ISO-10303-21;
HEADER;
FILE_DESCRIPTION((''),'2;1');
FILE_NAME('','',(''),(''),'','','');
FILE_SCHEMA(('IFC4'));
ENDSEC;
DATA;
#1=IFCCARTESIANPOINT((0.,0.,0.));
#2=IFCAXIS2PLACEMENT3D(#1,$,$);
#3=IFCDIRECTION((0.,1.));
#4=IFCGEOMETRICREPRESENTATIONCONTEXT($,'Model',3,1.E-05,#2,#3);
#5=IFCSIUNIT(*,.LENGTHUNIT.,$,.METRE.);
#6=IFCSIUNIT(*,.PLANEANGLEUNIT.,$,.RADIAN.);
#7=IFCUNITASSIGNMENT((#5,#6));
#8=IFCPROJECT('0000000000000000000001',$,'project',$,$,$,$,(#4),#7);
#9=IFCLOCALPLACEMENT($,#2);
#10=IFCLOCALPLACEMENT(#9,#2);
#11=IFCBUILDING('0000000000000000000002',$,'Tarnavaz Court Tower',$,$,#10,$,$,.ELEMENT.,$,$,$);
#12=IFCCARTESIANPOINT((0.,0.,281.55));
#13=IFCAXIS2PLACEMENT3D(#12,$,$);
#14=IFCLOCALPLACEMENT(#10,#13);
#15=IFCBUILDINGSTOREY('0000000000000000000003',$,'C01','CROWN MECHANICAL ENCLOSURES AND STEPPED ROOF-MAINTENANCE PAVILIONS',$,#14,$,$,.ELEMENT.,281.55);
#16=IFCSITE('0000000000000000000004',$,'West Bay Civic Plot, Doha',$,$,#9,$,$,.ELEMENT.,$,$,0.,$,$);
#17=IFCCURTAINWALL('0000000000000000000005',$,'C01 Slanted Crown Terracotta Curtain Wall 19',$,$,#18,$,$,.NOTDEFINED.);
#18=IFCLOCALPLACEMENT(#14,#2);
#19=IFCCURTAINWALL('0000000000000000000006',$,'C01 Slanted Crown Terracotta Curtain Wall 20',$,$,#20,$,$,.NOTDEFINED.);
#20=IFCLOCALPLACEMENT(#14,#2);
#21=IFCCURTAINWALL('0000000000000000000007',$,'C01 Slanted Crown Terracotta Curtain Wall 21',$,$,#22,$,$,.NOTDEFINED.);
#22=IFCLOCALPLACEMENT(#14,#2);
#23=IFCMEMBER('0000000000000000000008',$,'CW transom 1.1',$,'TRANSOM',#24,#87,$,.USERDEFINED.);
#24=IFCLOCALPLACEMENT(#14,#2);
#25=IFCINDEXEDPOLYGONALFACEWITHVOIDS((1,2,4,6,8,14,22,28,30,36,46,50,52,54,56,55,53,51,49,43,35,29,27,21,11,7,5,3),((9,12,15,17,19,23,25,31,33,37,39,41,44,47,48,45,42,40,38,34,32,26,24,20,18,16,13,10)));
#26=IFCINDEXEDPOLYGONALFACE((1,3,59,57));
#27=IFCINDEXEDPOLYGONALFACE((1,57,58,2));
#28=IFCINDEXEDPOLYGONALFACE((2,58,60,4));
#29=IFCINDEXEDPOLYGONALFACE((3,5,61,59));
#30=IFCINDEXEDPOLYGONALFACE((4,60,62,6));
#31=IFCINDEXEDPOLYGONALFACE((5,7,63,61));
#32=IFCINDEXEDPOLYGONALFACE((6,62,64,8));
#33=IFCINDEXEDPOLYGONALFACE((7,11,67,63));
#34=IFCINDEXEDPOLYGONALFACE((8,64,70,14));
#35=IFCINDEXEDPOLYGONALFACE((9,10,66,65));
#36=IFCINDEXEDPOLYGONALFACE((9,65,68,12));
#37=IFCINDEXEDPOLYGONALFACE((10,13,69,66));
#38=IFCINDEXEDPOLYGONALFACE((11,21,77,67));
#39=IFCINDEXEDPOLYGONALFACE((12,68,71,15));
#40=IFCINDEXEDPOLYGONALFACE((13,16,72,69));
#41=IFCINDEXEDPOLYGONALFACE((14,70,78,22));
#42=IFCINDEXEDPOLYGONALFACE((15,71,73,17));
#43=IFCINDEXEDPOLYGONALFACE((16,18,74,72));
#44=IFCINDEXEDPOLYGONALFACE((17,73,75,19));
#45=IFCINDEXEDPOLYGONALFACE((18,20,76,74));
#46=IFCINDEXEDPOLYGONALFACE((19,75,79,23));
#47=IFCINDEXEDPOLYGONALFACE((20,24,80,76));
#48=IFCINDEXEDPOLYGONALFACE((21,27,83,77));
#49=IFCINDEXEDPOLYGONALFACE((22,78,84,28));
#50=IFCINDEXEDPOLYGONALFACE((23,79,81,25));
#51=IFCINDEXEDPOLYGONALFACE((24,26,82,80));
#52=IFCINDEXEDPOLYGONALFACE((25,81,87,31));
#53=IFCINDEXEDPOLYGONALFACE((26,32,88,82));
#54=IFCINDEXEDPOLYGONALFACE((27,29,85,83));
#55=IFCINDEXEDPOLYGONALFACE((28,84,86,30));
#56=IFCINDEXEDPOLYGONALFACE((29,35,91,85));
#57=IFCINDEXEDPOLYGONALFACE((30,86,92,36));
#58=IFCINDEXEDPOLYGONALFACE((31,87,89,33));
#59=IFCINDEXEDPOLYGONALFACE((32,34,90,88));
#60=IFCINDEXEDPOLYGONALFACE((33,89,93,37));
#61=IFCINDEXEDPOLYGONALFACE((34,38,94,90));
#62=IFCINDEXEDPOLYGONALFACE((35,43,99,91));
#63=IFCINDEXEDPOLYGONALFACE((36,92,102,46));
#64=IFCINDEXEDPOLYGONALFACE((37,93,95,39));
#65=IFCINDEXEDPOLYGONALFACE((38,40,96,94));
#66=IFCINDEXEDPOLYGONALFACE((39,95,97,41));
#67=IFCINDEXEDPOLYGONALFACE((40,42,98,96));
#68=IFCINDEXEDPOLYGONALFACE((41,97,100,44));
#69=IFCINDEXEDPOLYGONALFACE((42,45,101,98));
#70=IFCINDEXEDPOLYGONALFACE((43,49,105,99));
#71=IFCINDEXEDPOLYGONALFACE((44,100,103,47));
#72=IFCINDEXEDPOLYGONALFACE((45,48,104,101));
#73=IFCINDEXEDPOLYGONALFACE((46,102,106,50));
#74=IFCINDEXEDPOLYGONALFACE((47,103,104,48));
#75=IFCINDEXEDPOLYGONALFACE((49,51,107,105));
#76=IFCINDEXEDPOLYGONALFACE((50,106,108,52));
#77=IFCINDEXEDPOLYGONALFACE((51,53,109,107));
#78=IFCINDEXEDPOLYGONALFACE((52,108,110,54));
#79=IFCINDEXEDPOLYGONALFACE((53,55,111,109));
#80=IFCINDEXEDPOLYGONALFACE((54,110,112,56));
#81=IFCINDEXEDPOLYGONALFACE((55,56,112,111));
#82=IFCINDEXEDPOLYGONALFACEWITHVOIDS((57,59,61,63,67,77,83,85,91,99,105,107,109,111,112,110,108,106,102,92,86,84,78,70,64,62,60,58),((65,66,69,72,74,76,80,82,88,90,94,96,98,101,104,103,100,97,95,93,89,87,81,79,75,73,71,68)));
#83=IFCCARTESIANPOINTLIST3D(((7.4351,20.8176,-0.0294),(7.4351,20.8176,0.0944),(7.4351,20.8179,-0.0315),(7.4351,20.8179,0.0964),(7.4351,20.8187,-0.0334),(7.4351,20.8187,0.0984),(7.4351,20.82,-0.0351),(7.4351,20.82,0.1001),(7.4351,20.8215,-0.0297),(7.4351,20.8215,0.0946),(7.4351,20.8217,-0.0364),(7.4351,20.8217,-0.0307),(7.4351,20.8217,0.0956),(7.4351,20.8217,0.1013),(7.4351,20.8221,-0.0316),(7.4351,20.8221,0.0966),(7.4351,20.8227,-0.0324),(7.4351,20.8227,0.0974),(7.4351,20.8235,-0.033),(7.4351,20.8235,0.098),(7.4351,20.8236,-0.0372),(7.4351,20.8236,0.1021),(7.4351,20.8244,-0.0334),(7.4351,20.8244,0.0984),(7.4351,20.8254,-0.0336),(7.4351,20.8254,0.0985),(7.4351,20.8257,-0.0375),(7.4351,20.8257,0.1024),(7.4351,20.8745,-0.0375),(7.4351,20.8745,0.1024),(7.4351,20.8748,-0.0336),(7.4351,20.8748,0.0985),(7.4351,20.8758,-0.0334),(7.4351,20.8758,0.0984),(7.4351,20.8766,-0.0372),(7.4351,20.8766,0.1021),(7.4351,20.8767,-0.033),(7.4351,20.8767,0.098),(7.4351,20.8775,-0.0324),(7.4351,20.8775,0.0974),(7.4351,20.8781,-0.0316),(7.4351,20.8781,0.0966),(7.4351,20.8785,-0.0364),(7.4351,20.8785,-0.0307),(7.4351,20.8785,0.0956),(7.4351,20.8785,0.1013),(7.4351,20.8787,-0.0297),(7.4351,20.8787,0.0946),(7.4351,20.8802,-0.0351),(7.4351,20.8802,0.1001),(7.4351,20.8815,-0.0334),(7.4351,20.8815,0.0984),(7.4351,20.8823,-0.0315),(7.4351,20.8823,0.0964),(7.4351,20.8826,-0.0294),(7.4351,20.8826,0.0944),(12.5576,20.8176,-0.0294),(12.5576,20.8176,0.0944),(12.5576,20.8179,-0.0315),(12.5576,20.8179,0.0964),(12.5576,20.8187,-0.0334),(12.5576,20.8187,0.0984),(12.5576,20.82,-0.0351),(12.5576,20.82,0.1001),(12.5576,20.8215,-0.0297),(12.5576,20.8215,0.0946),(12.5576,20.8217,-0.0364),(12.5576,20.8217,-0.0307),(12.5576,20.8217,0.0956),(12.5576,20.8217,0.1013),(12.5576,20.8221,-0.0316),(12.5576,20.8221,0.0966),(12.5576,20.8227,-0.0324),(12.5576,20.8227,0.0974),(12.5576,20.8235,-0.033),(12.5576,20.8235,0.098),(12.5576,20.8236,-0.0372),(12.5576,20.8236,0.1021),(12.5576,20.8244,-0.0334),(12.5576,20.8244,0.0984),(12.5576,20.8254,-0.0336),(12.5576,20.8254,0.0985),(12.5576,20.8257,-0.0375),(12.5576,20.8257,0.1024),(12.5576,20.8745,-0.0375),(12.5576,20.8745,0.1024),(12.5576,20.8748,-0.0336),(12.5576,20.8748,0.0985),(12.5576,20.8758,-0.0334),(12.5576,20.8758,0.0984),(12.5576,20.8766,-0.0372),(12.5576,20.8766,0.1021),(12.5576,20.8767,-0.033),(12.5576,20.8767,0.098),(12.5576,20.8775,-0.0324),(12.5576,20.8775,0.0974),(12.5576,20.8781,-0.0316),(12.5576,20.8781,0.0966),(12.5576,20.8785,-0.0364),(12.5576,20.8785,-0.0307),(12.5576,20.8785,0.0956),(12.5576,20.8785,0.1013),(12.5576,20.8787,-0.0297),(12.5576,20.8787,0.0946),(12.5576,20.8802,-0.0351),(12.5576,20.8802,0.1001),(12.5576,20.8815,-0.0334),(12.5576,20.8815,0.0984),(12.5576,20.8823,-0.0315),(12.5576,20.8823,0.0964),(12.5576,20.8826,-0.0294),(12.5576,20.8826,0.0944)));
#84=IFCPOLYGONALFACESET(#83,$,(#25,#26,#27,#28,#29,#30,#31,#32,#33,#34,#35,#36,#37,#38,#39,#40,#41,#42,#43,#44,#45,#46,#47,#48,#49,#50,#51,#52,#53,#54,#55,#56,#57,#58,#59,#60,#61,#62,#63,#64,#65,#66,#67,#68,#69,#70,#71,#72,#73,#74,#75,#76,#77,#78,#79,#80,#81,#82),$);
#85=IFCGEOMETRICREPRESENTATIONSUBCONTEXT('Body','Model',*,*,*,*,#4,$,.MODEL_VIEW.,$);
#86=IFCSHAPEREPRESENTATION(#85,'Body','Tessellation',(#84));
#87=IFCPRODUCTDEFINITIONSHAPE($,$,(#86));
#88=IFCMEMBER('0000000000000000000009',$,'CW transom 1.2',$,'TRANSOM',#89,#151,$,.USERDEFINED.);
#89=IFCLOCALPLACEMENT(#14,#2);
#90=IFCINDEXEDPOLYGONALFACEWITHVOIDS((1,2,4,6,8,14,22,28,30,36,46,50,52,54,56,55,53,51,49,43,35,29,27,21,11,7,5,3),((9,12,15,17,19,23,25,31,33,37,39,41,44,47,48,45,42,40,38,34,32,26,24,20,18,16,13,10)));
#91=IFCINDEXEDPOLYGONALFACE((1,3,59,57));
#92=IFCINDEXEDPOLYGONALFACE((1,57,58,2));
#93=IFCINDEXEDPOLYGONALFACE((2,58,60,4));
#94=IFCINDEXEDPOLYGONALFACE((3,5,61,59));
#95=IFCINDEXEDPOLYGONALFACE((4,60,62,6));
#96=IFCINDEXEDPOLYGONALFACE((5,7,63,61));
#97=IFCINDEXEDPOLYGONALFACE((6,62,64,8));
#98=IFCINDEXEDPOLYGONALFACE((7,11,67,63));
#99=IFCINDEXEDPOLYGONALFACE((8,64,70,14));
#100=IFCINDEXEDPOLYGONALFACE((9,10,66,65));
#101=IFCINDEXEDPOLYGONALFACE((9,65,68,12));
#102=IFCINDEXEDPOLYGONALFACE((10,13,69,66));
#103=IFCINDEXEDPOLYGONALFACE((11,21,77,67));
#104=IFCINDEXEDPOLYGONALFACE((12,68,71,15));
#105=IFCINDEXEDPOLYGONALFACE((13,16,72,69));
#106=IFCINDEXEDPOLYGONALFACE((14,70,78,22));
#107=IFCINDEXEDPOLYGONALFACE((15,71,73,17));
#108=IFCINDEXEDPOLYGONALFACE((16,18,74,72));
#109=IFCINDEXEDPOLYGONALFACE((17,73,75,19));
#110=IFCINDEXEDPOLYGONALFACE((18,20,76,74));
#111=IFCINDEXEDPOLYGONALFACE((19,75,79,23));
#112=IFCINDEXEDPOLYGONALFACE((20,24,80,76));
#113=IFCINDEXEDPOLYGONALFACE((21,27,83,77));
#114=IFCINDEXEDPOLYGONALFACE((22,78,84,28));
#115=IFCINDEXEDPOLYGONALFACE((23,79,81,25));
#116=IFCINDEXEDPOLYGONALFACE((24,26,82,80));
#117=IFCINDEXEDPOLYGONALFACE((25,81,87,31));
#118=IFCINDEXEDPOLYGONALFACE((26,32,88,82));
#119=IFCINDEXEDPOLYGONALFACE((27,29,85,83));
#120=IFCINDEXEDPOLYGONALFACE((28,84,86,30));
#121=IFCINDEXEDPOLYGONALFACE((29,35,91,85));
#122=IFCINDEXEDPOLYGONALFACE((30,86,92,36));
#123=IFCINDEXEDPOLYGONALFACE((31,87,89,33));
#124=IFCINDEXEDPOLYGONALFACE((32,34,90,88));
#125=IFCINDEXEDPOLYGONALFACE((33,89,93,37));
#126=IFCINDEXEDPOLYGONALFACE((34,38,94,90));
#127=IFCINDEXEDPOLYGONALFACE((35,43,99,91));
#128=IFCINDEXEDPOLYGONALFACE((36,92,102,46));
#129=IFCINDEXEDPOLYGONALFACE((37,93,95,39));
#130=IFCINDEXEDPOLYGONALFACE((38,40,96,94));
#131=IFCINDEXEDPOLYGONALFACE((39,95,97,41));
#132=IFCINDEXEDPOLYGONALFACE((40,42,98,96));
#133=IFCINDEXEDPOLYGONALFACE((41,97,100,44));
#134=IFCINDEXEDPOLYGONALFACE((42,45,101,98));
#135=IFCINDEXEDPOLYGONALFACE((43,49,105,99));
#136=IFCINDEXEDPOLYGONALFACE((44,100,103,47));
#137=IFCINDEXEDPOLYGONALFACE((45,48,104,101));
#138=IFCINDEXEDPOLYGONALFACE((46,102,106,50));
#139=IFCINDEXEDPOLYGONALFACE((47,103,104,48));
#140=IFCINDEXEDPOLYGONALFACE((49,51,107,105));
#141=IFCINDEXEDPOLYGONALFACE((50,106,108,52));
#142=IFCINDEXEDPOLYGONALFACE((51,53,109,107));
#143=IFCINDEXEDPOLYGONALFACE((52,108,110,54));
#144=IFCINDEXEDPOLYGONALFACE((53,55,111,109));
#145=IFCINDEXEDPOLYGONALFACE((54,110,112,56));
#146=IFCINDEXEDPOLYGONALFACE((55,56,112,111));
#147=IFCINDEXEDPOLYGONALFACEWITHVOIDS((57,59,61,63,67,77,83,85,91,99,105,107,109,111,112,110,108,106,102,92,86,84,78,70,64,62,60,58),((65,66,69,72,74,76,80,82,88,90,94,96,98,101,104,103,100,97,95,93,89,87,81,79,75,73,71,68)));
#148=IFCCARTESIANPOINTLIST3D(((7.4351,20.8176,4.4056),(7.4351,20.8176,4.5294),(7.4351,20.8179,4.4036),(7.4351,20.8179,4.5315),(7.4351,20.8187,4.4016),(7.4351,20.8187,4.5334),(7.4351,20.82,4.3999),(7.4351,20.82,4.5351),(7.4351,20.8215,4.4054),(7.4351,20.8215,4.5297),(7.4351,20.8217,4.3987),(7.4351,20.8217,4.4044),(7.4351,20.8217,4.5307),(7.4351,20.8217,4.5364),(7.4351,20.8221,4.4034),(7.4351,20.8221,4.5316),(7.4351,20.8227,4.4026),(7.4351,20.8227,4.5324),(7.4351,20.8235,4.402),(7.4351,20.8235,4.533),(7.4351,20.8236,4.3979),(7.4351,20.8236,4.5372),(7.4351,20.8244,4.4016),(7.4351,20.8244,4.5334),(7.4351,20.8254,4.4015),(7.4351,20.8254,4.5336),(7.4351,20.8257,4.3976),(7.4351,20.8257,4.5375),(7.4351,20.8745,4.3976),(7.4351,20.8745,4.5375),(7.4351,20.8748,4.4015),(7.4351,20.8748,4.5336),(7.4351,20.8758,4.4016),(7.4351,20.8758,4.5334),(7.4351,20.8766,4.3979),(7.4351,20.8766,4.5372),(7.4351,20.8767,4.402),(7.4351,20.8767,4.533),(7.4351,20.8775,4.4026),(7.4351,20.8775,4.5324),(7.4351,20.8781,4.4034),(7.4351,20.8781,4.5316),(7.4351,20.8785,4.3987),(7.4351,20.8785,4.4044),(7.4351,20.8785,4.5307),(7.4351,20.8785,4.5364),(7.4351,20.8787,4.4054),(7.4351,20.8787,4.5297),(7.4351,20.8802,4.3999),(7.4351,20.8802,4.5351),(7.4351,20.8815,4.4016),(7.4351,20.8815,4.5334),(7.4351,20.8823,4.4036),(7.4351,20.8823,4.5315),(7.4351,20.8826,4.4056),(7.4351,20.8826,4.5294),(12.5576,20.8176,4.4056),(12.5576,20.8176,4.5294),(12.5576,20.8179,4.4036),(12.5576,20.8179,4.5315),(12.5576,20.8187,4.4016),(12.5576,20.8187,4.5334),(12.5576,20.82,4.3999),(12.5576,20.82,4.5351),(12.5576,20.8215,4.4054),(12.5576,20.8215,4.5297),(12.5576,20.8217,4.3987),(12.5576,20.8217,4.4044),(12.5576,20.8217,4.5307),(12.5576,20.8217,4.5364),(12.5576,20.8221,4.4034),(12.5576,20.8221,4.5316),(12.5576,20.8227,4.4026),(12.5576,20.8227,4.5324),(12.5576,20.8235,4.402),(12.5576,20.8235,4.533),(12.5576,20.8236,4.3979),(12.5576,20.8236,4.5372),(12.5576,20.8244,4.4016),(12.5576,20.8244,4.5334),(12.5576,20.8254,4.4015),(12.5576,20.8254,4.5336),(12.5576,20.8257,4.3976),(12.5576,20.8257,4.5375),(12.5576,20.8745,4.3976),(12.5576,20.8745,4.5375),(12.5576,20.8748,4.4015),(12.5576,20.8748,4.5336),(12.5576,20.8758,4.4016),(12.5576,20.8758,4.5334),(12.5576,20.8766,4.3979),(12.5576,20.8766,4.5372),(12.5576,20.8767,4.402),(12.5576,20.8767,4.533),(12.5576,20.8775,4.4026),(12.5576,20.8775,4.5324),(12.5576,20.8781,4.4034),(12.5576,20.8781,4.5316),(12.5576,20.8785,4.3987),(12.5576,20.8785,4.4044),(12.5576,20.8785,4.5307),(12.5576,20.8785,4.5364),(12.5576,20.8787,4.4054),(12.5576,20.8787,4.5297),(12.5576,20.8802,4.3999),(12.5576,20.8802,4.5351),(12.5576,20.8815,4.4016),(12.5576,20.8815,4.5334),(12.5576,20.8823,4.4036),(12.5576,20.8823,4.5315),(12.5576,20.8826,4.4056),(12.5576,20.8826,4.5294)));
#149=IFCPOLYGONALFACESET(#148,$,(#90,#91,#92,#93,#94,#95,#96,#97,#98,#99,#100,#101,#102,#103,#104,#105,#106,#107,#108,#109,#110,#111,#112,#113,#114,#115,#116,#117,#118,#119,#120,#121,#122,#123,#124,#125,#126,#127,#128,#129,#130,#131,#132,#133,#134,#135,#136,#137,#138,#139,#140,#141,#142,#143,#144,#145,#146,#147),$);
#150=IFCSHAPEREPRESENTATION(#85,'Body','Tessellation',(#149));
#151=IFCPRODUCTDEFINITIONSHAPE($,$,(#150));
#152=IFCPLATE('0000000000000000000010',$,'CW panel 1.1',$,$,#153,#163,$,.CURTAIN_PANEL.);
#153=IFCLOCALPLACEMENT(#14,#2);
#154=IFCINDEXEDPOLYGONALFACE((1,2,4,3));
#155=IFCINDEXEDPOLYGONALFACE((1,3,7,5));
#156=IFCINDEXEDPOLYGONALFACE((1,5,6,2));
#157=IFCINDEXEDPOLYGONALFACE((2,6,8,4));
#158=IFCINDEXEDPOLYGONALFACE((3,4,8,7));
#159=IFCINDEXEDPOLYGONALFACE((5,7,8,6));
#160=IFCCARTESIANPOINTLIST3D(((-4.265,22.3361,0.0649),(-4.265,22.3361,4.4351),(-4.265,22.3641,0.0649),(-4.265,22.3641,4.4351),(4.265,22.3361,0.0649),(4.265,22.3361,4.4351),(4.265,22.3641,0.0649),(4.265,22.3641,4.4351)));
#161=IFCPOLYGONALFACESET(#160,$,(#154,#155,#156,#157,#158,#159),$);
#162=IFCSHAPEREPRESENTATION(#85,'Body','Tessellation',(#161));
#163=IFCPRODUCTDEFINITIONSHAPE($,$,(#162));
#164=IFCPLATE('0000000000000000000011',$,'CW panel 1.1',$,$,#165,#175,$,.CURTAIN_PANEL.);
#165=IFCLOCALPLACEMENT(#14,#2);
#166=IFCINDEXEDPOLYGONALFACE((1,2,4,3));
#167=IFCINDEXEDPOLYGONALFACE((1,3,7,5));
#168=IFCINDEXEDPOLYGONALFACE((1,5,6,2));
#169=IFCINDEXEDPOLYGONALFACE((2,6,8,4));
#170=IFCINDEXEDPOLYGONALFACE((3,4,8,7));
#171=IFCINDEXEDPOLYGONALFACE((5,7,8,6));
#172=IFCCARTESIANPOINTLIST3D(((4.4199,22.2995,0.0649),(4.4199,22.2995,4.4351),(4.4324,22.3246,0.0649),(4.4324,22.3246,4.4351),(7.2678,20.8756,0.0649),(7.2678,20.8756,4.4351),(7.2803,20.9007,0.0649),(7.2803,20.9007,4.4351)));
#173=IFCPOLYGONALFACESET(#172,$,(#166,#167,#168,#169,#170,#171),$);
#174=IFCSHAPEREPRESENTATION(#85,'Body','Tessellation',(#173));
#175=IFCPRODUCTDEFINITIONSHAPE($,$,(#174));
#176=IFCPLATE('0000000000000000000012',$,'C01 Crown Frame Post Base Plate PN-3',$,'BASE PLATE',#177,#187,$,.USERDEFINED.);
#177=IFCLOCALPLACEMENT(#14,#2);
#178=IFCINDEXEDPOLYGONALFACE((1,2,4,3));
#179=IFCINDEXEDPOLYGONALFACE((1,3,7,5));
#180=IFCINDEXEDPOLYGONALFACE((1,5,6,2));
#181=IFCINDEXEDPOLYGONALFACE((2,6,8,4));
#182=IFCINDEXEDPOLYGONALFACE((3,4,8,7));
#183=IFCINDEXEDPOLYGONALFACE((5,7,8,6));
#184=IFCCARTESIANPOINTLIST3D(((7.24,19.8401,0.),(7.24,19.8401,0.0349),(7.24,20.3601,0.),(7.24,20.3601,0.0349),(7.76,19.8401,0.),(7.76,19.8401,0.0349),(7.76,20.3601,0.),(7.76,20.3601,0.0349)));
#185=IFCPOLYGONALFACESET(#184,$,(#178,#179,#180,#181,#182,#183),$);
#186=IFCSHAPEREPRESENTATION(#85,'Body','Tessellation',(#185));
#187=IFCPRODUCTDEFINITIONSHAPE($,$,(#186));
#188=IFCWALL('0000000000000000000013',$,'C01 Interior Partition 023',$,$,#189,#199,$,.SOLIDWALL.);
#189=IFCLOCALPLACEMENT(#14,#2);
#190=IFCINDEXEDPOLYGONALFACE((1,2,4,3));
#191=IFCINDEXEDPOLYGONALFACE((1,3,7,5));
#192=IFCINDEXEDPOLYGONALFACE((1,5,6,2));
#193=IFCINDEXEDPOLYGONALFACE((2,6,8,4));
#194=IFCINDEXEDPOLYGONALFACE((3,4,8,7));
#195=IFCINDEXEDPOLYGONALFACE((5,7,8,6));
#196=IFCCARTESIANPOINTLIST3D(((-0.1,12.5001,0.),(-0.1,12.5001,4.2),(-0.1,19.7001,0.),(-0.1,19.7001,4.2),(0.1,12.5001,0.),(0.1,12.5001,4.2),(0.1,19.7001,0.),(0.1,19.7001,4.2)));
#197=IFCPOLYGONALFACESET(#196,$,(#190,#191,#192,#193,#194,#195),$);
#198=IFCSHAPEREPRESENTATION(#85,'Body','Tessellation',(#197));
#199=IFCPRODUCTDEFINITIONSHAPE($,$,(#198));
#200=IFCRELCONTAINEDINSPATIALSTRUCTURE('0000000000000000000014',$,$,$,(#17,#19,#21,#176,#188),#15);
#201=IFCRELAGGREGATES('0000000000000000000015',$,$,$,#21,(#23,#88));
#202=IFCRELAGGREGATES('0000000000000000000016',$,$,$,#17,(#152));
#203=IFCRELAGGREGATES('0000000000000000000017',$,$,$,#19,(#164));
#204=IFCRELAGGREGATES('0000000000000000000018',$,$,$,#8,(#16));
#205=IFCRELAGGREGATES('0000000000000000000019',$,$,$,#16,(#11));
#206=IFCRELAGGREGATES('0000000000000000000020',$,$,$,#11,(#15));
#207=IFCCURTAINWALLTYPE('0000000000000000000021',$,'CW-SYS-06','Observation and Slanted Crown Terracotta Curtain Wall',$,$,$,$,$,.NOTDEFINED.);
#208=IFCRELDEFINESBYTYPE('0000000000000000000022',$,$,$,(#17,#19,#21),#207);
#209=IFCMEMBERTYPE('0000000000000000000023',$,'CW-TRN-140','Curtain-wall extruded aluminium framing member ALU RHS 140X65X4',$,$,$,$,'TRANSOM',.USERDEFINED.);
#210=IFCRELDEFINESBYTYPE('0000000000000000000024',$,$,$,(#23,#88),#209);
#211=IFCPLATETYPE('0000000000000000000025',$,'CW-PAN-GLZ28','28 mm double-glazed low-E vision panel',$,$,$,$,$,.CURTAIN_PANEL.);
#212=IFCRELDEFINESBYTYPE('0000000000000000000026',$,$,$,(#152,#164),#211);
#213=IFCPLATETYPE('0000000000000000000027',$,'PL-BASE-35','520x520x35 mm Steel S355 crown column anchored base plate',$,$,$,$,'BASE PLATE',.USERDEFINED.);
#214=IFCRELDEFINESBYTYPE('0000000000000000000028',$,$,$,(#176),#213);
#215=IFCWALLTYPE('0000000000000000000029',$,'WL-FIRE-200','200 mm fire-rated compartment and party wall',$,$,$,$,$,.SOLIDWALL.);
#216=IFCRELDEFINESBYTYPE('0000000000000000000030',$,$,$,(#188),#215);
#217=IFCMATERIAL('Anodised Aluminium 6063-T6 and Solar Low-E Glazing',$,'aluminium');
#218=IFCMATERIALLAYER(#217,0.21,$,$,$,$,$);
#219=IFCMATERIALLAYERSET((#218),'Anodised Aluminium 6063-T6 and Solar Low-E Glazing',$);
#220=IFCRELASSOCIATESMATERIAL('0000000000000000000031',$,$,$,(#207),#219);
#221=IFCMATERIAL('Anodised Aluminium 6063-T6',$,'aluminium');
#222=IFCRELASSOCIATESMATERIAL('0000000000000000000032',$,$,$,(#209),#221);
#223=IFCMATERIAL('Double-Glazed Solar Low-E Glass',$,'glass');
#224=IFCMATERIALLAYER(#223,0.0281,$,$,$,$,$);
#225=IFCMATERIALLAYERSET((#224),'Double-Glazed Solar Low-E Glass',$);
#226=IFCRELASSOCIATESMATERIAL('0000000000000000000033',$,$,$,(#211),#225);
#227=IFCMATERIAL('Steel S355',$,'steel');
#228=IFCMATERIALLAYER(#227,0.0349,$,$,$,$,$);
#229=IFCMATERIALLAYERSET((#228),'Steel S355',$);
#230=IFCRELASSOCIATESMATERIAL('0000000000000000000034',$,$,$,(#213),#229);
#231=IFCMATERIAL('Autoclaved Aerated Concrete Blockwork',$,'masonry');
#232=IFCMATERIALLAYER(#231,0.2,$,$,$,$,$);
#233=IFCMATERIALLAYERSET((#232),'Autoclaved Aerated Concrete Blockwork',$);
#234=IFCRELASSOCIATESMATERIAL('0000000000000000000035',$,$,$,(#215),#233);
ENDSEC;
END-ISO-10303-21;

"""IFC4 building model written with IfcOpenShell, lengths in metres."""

from ifc_helpers import new_model, si_unit, direction, frame, frame_2d, origin, origin_2d, place, context, subcontext, project, spatial, rectangle, hollow_rectangle, extrude, material, layer, layer_set, material_profile, profile_set, type_object, element, aggregate, save


model = new_model("IFC4")

# Units and contexts
model_context = context("Model", 3, precision=1e-05, world=origin(), true_north=direction((0.0, 1.0)))
body_context = subcontext(model_context, "Body", "Model", "MODEL_VIEW")
ifc_project = project(units=[si_unit("LENGTHUNIT", "METRE"), si_unit("PLANEANGLEUNIT", "RADIAN")], contexts=[model_context])

# Site, building, storey
site_placement = place(None, origin())
site = spatial("IfcSite", under=ifc_project, at=site_placement, Name="West Bay Civic Plot, Doha", CompositionType="ELEMENT", RefElevation=0.0)
building_placement = place(site_placement, origin())
building = spatial("IfcBuilding", under=site, at=building_placement, Name="Tarnavaz Court Tower", CompositionType="ELEMENT")
storey_placement = place(building_placement, frame((0.0, 0.0, 281.55)))
storey = spatial("IfcBuildingStorey", under=building, at=storey_placement, Name="C01", Description="CROWN MECHANICAL ENCLOSURES AND STEPPED ROOF-MAINTENANCE PAVILIONS", CompositionType="ELEMENT", Elevation=281.55)

# Shared definitions
ifc_material_1 = material(Name="Steel S355", Category="steel")

# Curtain wall
ifc_material_2 = material(Name="Anodised Aluminium 6063-T6 and Solar Low-E Glazing", Category="aluminium")
ifc_layer_1 = layer(ifc_material_2, 0.21)
ifc_layer_set_1 = layer_set([ifc_layer_1], Name="Anodised Aluminium 6063-T6 and Solar Low-E Glazing")
curtain_wall_type = type_object("IfcCurtainWallType", Name="CW-SYS-06", Description="Observation and Slanted Crown Terracotta Curtain Wall", PredefinedType="NOTDEFINED", material=ifc_layer_set_1)
curtain_wall_1_placement = place(storey_placement, origin())
curtain_wall_1 = element("IfcCurtainWall", 1, at=curtain_wall_1_placement, inside=storey, type_object=curtain_wall_type, Name="C01 Slanted Crown Terracotta Curtain Wall 19", PredefinedType="NOTDEFINED")
ifc_material_3 = material(Name="Anodised Aluminium 6063-T6", Category="aluminium")

# Curtain wall
curtain_wall_2_placement = place(storey_placement, origin())
curtain_wall_2 = element("IfcCurtainWall", 2, at=curtain_wall_2_placement, inside=storey, type_object=curtain_wall_type, Name="C01 Slanted Crown Terracotta Curtain Wall 20", PredefinedType="NOTDEFINED")

# Curtain wall
curtain_wall_3_placement = place(storey_placement, origin())
curtain_wall_3 = element("IfcCurtainWall", 3, at=curtain_wall_3_placement, inside=storey, type_object=curtain_wall_type, Name="C01 Slanted Crown Terracotta Curtain Wall 21", PredefinedType="NOTDEFINED")

# Members
ifc_material_profile_1 = material_profile(ifc_material_3, hollow_rectangle(XDim=0.0649, YDim=0.1399, WallThickness=0.0039, InnerFilletRadius=0.0039, OuterFilletRadius=0.0081, at=origin_2d()), Name="ALU RHS 140X65X4")
ifc_profile_set_1 = profile_set([ifc_material_profile_1], Name="Anodised Aluminium 6063-T6")
member_type_1 = type_object("IfcMemberType", Name="CW-TRN-140", Description="Curtain-wall extruded aluminium framing member ALU RHS 140X65X4", ElementType="TRANSOM", PredefinedType="USERDEFINED", material=ifc_profile_set_1)
member_1_placement = place(storey_placement, frame((7.4351, 20.8501, 0.0325), z_axis=(1.0, 0.0, 0.0), x_axis=(0.0, 1.0, 0.0)))
member_1 = element("IfcMember", 4, at=member_1_placement, type_object=member_type_1, Name="CW transom 1.1", ObjectType="TRANSOM", PredefinedType="USERDEFINED", context=body_context, shape_type="SweptSolid", body=[
    extrude(hollow_rectangle(XDim=0.0649, YDim=0.1399, WallThickness=0.0039, InnerFilletRadius=0.0039, OuterFilletRadius=0.0081, at=origin_2d()), origin(), (0.0, 0.0, 1.0), 5.1226),
])
member_2_placement = place(storey_placement, frame((7.4351, 20.8501, 4.4675), z_axis=(1.0, 0.0, 0.0), x_axis=(0.0, 1.0, 0.0)))
member_2 = element("IfcMember", 5, at=member_2_placement, type_object=member_type_1, Name="CW transom 1.2", ObjectType="TRANSOM", PredefinedType="USERDEFINED", context=body_context, shape_type="SweptSolid", body=[
    extrude(hollow_rectangle(XDim=0.0649, YDim=0.1399, WallThickness=0.0039, InnerFilletRadius=0.0039, OuterFilletRadius=0.0081, at=origin_2d()), origin(), (0.0, 0.0, 1.0), 5.1226),
])
aggregate(curtain_wall_3, [member_1, member_2])

# Plates
ifc_material_4 = material(Name="Double-Glazed Solar Low-E Glass", Category="glass")
ifc_layer_2 = layer(ifc_material_4, 0.0281)
ifc_layer_set_2 = layer_set([ifc_layer_2], Name="Double-Glazed Solar Low-E Glass")
plate_type_1 = type_object("IfcPlateType", Name="CW-PAN-GLZ28", Description="28 mm double-glazed low-E vision panel", PredefinedType="CURTAIN_PANEL", material=ifc_layer_set_2)
plate_1_placement = place(storey_placement, frame((0.0, 22.3501, 0.0649), z_axis=(0.0, 0.0, 1.0), x_axis=(1.0, 0.0, 0.0)))
plate_1 = element("IfcPlate", 6, at=plate_1_placement, type_object=plate_type_1, Name="CW panel 1.1", PredefinedType="CURTAIN_PANEL", context=body_context, shape_type="SweptSolid", body=[
    extrude(rectangle(XDim=8.53, YDim=0.0281, at=origin_2d()), origin(), (0.0, 0.0, 1.0), 4.3701),
])
aggregate(curtain_wall_1, [plate_1])
plate_2_placement = place(storey_placement, frame((5.8501, 21.6001, 0.0649), z_axis=(0.0, 0.0, 1.0), x_axis=(0.894427, -0.447214, 0.0)))
plate_2 = element("IfcPlate", 7, at=plate_2_placement, type_object=plate_type_1, Name="CW panel 1.1", PredefinedType="CURTAIN_PANEL", context=body_context, shape_type="SweptSolid", body=[
    extrude(rectangle(XDim=3.1841, YDim=0.0281, at=origin_2d()), origin(), (0.0, 0.0, 1.0), 4.3701),
])
aggregate(curtain_wall_2, [plate_2])
ifc_layer_3 = layer(ifc_material_1, 0.0349)
ifc_layer_set_3 = layer_set([ifc_layer_3], Name="Steel S355")
plate_type_2 = type_object("IfcPlateType", Name="PL-BASE-35", Description="520x520x35 mm Steel S355 crown column anchored base plate", ElementType="BASE PLATE", PredefinedType="USERDEFINED", material=ifc_layer_set_3)
plate_3_placement = place(storey_placement, frame((7.5, 20.1001, 0.0), z_axis=(0.0, 0.0, 1.0), x_axis=(1.0, 0.0, 0.0)))
element("IfcPlate", 8, at=plate_3_placement, inside=storey, type_object=plate_type_2, Name="C01 Crown Frame Post Base Plate PN-3", ObjectType="BASE PLATE", PredefinedType="USERDEFINED", context=body_context, shape_type="SweptSolid", body=[
    extrude(rectangle(XDim=0.52, YDim=0.52, at=origin_2d()), origin(), (0.0, 0.0, 1.0), 0.0349),
])

# Wall
ifc_material_5 = material(Name="Autoclaved Aerated Concrete Blockwork", Category="masonry")
ifc_layer_4 = layer(ifc_material_5, 0.2)
ifc_layer_set_4 = layer_set([ifc_layer_4], Name="Autoclaved Aerated Concrete Blockwork")
wall_type = type_object("IfcWallType", Name="WL-FIRE-200", Description="200 mm fire-rated compartment and party wall", PredefinedType="SOLIDWALL", material=ifc_layer_set_4)
for number, where, z_axis, x_axis, name in (
    (9, (0.0, 12.5, 0.0), (0.0, 0.0, 1.0), (0.0, 1.0, 0.0), "C01 Interior Partition 023"),
):
    element("IfcWall", number, at=place(storey_placement, frame(where, z_axis=z_axis, x_axis=x_axis)), inside=storey, type_object=wall_type, Name=name, PredefinedType="SOLIDWALL", context=body_context, shape_type="SweptSolid", body=[
        extrude(rectangle(XDim=7.2, YDim=0.2, at=frame_2d((3.6001, 0.0))), origin(), (0.0, 0.0, 1.0), 4.2),
    ])

save(model, "model.ifc")
